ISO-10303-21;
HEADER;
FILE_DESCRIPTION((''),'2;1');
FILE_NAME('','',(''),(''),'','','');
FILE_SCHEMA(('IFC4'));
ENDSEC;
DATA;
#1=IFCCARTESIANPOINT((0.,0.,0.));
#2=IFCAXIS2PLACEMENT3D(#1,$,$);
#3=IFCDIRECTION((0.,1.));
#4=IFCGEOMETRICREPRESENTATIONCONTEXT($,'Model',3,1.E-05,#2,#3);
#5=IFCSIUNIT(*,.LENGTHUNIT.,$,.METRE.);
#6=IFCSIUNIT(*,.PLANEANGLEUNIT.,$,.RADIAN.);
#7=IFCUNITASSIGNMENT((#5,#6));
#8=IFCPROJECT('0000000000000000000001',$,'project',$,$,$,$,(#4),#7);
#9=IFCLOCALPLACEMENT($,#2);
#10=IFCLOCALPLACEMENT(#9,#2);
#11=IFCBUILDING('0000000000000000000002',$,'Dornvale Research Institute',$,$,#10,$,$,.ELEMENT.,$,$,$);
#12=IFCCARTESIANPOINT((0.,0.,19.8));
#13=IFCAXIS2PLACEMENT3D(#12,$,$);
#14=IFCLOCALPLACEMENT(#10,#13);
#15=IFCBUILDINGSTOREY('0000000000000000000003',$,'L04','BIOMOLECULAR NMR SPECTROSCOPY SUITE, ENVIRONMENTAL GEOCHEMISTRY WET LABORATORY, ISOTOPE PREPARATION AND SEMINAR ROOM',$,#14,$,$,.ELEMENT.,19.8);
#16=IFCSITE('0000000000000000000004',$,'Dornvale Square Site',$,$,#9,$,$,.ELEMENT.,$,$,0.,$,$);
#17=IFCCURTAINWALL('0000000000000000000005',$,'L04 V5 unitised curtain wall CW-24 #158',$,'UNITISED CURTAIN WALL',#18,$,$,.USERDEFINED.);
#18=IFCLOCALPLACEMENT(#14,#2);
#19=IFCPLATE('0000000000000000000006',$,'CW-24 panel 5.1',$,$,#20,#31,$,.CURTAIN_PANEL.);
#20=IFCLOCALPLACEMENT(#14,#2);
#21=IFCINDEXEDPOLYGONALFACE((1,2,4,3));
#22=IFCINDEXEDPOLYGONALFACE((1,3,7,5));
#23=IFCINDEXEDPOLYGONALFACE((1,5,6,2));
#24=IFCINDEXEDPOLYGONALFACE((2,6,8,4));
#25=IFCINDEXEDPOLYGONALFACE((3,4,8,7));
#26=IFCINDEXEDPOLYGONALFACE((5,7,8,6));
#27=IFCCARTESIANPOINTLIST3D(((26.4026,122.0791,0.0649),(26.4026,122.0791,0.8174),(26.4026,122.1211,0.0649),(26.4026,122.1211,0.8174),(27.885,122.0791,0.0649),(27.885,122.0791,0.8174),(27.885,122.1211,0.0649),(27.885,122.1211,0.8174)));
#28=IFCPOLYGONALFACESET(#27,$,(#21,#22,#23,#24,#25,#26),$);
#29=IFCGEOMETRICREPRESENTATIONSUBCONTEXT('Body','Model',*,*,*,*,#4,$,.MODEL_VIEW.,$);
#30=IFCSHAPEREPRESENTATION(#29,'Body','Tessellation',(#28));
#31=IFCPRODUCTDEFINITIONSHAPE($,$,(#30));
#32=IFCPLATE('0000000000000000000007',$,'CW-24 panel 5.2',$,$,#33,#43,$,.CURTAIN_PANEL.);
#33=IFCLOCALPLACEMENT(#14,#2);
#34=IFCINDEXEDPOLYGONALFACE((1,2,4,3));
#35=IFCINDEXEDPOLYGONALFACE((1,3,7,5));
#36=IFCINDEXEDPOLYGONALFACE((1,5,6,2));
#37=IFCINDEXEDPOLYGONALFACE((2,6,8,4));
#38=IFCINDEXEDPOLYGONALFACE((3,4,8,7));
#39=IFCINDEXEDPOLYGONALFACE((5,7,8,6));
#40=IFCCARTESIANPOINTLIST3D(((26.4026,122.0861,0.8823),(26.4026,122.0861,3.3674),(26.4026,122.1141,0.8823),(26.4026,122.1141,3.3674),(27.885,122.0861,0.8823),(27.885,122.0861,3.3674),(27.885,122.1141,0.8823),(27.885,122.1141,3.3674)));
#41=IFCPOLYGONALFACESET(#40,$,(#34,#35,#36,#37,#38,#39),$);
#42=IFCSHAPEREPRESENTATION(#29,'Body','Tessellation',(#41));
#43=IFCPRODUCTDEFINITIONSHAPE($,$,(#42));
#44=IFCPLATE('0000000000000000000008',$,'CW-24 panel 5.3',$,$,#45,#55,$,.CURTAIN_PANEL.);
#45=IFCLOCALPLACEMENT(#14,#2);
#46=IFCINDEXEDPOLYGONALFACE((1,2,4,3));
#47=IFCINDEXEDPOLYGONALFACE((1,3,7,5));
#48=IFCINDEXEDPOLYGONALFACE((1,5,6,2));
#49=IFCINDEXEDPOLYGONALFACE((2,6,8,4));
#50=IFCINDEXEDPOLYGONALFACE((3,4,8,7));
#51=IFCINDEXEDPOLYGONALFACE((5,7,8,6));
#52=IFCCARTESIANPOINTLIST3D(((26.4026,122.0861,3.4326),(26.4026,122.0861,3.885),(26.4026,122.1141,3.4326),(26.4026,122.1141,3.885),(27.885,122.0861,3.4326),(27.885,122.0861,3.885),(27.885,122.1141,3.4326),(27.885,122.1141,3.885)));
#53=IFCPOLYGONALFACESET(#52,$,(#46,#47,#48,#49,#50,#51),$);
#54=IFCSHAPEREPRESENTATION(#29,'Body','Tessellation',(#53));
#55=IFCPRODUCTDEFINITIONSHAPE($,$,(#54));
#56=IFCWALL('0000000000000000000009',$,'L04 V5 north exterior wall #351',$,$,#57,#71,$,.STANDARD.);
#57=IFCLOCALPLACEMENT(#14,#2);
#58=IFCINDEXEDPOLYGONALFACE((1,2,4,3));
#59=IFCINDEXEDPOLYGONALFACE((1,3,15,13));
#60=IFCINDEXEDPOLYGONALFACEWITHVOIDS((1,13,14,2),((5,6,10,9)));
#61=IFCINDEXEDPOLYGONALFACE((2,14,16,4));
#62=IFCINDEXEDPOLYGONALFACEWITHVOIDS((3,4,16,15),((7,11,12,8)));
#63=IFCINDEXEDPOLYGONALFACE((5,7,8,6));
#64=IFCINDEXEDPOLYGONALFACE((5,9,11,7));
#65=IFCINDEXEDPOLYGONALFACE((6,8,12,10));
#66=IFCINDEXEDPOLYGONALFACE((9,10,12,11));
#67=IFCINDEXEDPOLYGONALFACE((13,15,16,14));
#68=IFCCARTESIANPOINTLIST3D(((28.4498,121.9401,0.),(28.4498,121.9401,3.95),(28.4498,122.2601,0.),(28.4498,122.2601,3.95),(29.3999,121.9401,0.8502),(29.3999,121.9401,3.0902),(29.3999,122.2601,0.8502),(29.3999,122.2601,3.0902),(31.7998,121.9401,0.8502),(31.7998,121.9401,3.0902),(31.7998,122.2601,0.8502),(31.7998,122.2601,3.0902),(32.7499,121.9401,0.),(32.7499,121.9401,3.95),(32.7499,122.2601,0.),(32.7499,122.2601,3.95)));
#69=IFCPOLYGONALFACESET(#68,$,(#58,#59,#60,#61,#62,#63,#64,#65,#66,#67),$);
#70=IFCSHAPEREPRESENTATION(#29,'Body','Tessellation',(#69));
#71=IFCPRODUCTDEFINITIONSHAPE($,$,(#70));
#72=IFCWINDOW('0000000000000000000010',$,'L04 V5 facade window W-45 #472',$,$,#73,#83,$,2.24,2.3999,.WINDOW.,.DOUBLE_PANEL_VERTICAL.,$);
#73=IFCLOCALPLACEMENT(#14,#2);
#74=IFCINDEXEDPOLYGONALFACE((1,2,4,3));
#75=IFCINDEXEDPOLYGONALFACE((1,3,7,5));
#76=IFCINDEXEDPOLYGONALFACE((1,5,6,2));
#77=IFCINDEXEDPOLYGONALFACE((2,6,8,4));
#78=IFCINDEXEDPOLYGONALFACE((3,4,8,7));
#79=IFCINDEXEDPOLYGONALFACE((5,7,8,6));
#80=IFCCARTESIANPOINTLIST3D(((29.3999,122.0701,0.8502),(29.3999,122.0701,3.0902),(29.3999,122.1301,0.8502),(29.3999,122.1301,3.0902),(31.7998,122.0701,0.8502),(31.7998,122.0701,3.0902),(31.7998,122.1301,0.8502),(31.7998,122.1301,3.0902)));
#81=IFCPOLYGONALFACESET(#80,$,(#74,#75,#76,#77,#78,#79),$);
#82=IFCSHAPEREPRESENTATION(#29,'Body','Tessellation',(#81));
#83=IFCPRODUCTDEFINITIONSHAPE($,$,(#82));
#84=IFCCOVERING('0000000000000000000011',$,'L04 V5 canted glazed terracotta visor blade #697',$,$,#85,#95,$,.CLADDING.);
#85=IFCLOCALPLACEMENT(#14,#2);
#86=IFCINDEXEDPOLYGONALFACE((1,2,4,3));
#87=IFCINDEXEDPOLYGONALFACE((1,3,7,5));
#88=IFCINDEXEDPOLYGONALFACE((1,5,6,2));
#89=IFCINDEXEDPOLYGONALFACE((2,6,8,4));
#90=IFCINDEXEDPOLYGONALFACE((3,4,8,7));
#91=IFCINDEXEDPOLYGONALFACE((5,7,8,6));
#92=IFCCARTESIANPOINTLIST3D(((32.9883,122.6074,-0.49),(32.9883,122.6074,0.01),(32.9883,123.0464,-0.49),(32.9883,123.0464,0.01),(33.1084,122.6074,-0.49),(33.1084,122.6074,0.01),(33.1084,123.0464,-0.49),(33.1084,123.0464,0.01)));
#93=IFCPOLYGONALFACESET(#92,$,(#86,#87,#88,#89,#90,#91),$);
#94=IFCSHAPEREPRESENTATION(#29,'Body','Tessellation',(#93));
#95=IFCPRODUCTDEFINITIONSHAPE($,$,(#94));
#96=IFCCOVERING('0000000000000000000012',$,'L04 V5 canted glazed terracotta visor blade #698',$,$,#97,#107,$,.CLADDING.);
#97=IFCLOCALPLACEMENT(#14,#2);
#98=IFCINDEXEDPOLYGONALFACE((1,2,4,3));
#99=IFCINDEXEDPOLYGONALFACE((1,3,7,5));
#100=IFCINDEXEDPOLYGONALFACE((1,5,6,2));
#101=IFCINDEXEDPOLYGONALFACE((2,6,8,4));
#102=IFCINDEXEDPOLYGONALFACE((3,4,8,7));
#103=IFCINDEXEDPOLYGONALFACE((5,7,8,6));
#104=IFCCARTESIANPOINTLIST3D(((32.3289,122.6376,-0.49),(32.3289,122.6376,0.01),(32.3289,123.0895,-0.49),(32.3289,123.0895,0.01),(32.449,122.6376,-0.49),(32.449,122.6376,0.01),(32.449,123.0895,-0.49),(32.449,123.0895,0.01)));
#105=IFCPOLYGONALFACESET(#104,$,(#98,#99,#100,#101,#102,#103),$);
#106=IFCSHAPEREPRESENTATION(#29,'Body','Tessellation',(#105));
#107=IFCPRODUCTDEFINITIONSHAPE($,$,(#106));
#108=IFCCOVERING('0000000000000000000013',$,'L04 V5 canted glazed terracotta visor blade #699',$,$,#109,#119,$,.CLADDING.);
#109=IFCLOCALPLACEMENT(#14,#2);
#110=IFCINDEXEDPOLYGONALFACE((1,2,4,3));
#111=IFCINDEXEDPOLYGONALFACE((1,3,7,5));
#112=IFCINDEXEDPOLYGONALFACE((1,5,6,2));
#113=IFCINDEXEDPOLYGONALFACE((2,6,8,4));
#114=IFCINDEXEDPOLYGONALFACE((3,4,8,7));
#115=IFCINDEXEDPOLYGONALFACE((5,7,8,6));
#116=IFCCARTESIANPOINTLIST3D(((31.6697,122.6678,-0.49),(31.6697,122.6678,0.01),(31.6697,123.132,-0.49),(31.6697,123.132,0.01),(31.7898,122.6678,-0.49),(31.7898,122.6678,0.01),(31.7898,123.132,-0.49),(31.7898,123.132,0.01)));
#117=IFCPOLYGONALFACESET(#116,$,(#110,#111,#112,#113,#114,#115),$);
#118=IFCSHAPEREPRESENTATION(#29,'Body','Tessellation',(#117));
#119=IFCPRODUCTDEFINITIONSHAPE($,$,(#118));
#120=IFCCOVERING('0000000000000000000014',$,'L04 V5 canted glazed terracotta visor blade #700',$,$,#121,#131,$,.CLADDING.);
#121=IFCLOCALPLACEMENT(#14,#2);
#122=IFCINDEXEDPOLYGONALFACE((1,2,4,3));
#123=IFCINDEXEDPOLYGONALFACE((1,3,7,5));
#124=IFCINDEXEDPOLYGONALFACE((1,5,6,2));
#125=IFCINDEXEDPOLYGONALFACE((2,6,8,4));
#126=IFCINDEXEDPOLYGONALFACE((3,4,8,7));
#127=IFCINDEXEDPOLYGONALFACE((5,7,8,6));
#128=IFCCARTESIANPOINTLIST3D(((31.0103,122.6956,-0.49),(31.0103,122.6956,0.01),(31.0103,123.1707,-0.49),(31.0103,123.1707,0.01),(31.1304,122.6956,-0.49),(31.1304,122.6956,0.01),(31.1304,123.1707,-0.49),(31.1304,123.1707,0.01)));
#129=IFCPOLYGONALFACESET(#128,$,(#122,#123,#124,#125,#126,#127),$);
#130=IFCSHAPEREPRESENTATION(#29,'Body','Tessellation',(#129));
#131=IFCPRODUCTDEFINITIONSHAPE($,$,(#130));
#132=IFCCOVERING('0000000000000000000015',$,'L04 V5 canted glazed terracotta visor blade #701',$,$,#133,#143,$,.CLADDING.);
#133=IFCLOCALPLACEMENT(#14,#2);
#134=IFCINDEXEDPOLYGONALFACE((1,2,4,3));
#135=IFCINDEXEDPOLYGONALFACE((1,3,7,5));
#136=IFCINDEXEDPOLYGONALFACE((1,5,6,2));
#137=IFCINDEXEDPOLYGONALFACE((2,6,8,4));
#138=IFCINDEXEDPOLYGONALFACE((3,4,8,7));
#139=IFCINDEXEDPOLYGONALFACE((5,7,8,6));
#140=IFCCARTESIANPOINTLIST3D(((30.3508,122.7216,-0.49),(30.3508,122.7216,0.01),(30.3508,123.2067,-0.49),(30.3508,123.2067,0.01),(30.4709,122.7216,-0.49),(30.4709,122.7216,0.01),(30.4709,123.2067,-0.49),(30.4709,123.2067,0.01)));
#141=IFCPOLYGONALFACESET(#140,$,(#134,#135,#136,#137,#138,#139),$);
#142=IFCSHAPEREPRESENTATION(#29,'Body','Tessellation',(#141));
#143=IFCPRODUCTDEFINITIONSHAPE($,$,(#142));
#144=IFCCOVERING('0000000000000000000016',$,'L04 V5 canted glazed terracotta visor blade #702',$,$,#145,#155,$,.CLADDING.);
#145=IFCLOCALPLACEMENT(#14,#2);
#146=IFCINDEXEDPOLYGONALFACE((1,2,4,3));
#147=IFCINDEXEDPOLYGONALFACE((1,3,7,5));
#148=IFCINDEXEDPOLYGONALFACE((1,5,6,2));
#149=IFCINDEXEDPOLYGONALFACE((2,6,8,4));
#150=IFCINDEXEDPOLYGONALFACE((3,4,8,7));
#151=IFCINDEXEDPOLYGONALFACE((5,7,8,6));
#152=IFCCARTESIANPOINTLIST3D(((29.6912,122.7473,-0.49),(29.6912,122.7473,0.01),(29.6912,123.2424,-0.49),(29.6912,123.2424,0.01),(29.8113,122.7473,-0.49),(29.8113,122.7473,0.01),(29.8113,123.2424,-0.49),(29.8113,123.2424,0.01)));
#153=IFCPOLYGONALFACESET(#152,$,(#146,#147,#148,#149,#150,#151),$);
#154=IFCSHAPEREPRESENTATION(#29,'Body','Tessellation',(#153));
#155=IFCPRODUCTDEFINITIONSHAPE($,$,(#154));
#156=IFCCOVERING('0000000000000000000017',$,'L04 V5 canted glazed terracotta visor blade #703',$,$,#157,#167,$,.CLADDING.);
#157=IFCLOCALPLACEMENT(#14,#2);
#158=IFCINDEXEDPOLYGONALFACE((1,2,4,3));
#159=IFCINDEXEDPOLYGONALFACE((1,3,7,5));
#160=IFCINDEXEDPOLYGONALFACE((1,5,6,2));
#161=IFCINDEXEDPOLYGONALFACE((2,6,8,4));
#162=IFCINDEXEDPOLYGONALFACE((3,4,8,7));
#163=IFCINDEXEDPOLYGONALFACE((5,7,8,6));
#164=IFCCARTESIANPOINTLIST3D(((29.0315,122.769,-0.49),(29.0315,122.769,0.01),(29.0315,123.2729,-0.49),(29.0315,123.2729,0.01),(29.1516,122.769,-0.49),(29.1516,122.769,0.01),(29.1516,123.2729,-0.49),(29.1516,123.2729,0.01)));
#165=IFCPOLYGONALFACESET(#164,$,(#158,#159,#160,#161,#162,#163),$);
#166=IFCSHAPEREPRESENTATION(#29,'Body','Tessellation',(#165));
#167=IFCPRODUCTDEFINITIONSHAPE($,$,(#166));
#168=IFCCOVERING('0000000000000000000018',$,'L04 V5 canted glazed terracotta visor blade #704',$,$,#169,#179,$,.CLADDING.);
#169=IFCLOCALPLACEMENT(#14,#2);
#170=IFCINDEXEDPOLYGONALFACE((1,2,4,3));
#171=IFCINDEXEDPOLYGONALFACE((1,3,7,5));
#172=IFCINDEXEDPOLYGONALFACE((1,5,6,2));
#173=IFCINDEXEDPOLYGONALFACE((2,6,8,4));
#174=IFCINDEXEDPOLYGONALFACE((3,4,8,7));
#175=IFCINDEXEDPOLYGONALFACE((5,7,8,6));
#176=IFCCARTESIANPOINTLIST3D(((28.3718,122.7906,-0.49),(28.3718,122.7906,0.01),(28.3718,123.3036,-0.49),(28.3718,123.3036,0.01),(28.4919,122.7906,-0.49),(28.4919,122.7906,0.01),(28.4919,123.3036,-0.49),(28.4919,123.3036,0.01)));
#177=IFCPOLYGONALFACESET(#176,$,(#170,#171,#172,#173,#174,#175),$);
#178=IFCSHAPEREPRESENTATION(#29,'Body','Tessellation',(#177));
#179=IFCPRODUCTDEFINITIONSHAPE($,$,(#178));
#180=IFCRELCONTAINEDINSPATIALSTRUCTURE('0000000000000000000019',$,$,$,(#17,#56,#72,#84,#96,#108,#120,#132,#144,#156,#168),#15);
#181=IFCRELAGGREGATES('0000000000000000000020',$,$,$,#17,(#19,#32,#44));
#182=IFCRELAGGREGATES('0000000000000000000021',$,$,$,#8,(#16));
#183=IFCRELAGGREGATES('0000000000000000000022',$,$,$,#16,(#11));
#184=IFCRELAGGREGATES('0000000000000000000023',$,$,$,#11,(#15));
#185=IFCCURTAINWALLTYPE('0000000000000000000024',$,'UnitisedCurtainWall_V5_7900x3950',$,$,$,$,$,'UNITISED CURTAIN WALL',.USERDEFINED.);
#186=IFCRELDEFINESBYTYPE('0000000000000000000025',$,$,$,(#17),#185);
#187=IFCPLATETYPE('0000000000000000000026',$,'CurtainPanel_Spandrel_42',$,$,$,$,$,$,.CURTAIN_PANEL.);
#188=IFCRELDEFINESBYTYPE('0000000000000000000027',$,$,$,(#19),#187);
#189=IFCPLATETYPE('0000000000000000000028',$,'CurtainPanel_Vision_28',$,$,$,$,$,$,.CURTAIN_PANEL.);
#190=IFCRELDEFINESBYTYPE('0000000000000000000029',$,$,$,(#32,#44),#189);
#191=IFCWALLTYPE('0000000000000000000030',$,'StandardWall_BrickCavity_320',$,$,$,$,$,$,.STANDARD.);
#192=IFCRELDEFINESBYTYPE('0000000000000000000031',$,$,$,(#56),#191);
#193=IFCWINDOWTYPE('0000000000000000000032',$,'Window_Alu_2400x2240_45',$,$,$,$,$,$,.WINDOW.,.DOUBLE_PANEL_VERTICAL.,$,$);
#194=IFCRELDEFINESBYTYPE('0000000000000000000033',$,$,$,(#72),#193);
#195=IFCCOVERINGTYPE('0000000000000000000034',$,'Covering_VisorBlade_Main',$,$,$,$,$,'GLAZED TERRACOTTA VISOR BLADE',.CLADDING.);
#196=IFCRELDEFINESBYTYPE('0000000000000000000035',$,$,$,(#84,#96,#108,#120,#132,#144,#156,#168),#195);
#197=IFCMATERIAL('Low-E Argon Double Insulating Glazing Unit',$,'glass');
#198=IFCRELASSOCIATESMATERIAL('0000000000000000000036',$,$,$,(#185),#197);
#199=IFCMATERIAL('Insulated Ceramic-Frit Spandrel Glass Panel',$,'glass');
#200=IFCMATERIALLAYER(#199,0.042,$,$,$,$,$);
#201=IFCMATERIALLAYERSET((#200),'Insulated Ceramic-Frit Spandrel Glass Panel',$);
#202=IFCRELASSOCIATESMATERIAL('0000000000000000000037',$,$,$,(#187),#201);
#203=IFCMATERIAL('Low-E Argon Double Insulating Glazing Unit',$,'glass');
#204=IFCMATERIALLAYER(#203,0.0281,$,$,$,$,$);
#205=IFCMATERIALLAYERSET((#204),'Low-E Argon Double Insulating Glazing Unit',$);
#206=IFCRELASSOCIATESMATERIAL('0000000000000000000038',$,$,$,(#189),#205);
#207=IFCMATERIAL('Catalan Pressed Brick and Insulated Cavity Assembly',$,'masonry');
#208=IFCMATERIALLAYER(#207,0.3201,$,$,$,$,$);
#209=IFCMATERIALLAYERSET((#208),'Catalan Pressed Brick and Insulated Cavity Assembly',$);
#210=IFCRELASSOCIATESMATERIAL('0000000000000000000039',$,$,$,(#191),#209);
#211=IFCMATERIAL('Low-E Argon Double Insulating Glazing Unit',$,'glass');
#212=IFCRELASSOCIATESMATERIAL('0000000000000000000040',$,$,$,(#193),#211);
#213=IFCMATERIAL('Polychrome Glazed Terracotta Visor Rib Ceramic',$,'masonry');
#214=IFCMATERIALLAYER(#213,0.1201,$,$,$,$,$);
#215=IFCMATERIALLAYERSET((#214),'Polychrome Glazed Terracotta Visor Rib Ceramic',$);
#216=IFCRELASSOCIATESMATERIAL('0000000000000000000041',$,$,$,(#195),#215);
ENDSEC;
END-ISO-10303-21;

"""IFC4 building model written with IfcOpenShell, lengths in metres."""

from ifc_helpers import new_model, si_unit, direction, frame, frame_2d, origin, origin_2d, place, context, subcontext, project, spatial, rectangle, extrude, material, layer, layer_set, type_object, element, fill, aggregate, save


model = new_model("IFC4")

# Units and contexts
model_context = context("Model", 3, precision=1e-05, world=origin(), true_north=direction((0.0, 1.0)))
body_context = subcontext(model_context, "Body", "Model", "MODEL_VIEW")
ifc_project = project(units=[si_unit("LENGTHUNIT", "METRE"), si_unit("PLANEANGLEUNIT", "RADIAN")], contexts=[model_context])

# Site, building, storey
site_placement = place(None, origin())
site = spatial("IfcSite", under=ifc_project, at=site_placement, Name="Dornvale Square Site", CompositionType="ELEMENT", RefElevation=0.0)
building_placement = place(site_placement, origin())
building = spatial("IfcBuilding", under=site, at=building_placement, Name="Dornvale Research Institute", CompositionType="ELEMENT")
storey_placement = place(building_placement, frame((0.0, 0.0, 19.8)))
storey = spatial("IfcBuildingStorey", under=building, at=storey_placement, Name="L04", Description="BIOMOLECULAR NMR SPECTROSCOPY SUITE, ENVIRONMENTAL GEOCHEMISTRY WET LABORATORY, ISOTOPE PREPARATION AND SEMINAR ROOM", CompositionType="ELEMENT", Elevation=19.8)

# Curtain wall
ifc_material_1 = material(Name="Low-E Argon Double Insulating Glazing Unit", Category="glass")
curtain_wall_type_1 = type_object("IfcCurtainWallType", Name="UnitisedCurtainWall_V5_7900x3950", ElementType="UNITISED CURTAIN WALL", PredefinedType="USERDEFINED", material=ifc_material_1)
curtain_wall_1_placement = place(storey_placement, origin())
curtain_wall_1 = element("IfcCurtainWall", 1, at=curtain_wall_1_placement, inside=storey, type_object=curtain_wall_type_1, Name="L04 V5 unitised curtain wall CW-24 #158", ObjectType="UNITISED CURTAIN WALL", PredefinedType="USERDEFINED")

# Plates
ifc_material_2 = material(Name="Insulated Ceramic-Frit Spandrel Glass Panel", Category="glass")
ifc_layer_1 = layer(ifc_material_2, 0.042)
ifc_layer_set_1 = layer_set([ifc_layer_1], Name="Insulated Ceramic-Frit Spandrel Glass Panel")
plate_type_1 = type_object("IfcPlateType", Name="CurtainPanel_Spandrel_42", PredefinedType="CURTAIN_PANEL", material=ifc_layer_set_1)
plate_1_placement = place(storey_placement, frame((27.1438, 122.1001, 0.0649), z_axis=(0.0, 0.0, 1.0), x_axis=(1.0, 0.0, 0.0)))
plate_1 = element("IfcPlate", 2, at=plate_1_placement, type_object=plate_type_1, Name="CW-24 panel 5.1", PredefinedType="CURTAIN_PANEL", context=body_context, shape_type="SweptSolid", body=[
    extrude(rectangle(XDim=1.4824, YDim=0.042, at=origin_2d()), origin(), (0.0, 0.0, 1.0), 0.7524),
])
ifc_material_3 = material(Name="Low-E Argon Double Insulating Glazing Unit", Category="glass")
ifc_layer_2 = layer(ifc_material_3, 0.0281)
ifc_layer_set_2 = layer_set([ifc_layer_2], Name="Low-E Argon Double Insulating Glazing Unit")
plate_type_2 = type_object("IfcPlateType", Name="CurtainPanel_Vision_28", PredefinedType="CURTAIN_PANEL", material=ifc_layer_set_2)
plate_2_placement = place(storey_placement, frame((27.1438, 122.1001, 0.8823), z_axis=(0.0, 0.0, 1.0), x_axis=(1.0, 0.0, 0.0)))
plate_2 = element("IfcPlate", 3, at=plate_2_placement, type_object=plate_type_2, Name="CW-24 panel 5.2", PredefinedType="CURTAIN_PANEL", context=body_context, shape_type="SweptSolid", body=[
    extrude(rectangle(XDim=1.4824, YDim=0.0281, at=origin_2d()), origin(), (0.0, 0.0, 1.0), 2.4851),
])
plate_3_placement = place(storey_placement, frame((27.1438, 122.1001, 3.4326), z_axis=(0.0, 0.0, 1.0), x_axis=(1.0, 0.0, 0.0)))
plate_3 = element("IfcPlate", 4, at=plate_3_placement, type_object=plate_type_2, Name="CW-24 panel 5.3", PredefinedType="CURTAIN_PANEL", context=body_context, shape_type="SweptSolid", body=[
    extrude(rectangle(XDim=1.4824, YDim=0.0281, at=origin_2d()), origin(), (0.0, 0.0, 1.0), 0.4524),
])
aggregate(curtain_wall_1, [plate_1, plate_2, plate_3])

# Wall, opening, window
ifc_material_4 = material(Name="Catalan Pressed Brick and Insulated Cavity Assembly", Category="masonry")
ifc_layer_3 = layer(ifc_material_4, 0.3201)
ifc_layer_set_3 = layer_set([ifc_layer_3], Name="Catalan Pressed Brick and Insulated Cavity Assembly")
wall_type = type_object("IfcWallType", Name="StandardWall_BrickCavity_320", PredefinedType="STANDARD", material=ifc_layer_set_3)
wall_placement = place(storey_placement, frame((28.45, 122.1001, 0.0), z_axis=(0.0, 0.0, 1.0), x_axis=(1.0, 0.0, 0.0)))
wall = element("IfcWall", 5, at=wall_placement, inside=storey, type_object=wall_type, Name="L04 V5 north exterior wall #351", PredefinedType="STANDARD", context=body_context, shape_type="SweptSolid", body=[
    extrude(rectangle(XDim=4.3, YDim=0.3201, at=frame_2d((2.1499, 0.0))), origin(), (0.0, 0.0, 1.0), 3.95),
])
opening_placement = place(wall_placement, frame((0.95, 0.0, 0.8501)))
opening = element("IfcOpeningElement", 6, at=opening_placement, cuts=wall, PredefinedType="OPENING", context=body_context, shape_type="SweptSolid", body=[
    extrude(rectangle(XDim=2.3999, YDim=2.24, at=frame_2d((1.2, 1.1201))), frame((0.0, 0.175, 0.0), z_axis=(0.0, -1.0, 0.0), x_axis=(1.0, 0.0, 0.0)), (0.0, 0.0, 1.0), 0.3501),
])
ifc_material_5 = material(Name="Low-E Argon Double Insulating Glazing Unit", Category="glass")
window_type = type_object("IfcWindowType", Name="Window_Alu_2400x2240_45", PartitioningType="DOUBLE_PANEL_VERTICAL", PredefinedType="WINDOW", material=ifc_material_5)
window_placement = place(opening_placement, origin())
window = element("IfcWindow", 7, at=window_placement, inside=storey, type_object=window_type, Name="L04 V5 facade window W-45 #472", OverallHeight=2.24, OverallWidth=2.3999, PartitioningType="DOUBLE_PANEL_VERTICAL", PredefinedType="WINDOW", context=body_context, shape_type="SweptSolid", body=[
    extrude(rectangle(XDim=2.3999, YDim=2.24, at=frame_2d((1.2, 1.1201))), frame((0.0, 0.03, 0.0), z_axis=(0.0, -1.0, 0.0), x_axis=(1.0, 0.0, 0.0)), (0.0, 0.0, 1.0), 0.0601),
])
fill(opening, window)

# Coverings
ifc_material_6 = material(Name="Polychrome Glazed Terracotta Visor Rib Ceramic", Category="masonry")
ifc_layer_4 = layer(ifc_material_6, 0.1201)
ifc_layer_set_4 = layer_set([ifc_layer_4], Name="Polychrome Glazed Terracotta Visor Rib Ceramic")
covering_type = type_object("IfcCoveringType", Name="Covering_VisorBlade_Main", ElementType="GLAZED TERRACOTTA VISOR BLADE", PredefinedType="CLADDING", material=ifc_layer_set_4)
covering_1_placement = place(storey_placement, frame((33.0483, 122.8269, -0.49), z_axis=(0.0, 0.0, 1.0), x_axis=(0.0, 1.0, 0.0)))
element("IfcCovering", 8, at=covering_1_placement, inside=storey, type_object=covering_type, Name="L04 V5 canted glazed terracotta visor blade #697", PredefinedType="CLADDING", context=body_context, shape_type="SweptSolid", body=[
    extrude(rectangle(XDim=0.439, YDim=0.1201, at=origin_2d()), origin(), (0.0, 0.0, 1.0), 0.5),
])
covering_2_placement = place(storey_placement, frame((32.3889, 122.8635, -0.49), z_axis=(0.0, 0.0, 1.0), x_axis=(0.0, 1.0, 0.0)))
element("IfcCovering", 9, at=covering_2_placement, inside=storey, type_object=covering_type, Name="L04 V5 canted glazed terracotta visor blade #698", PredefinedType="CLADDING", context=body_context, shape_type="SweptSolid", body=[
    extrude(rectangle(XDim=0.4519, YDim=0.1201, at=origin_2d()), origin(), (0.0, 0.0, 1.0), 0.5),
])
covering_3_placement = place(storey_placement, frame((31.7297, 122.8999, -0.49), z_axis=(0.0, 0.0, 1.0), x_axis=(0.0, 1.0, 0.0)))
element("IfcCovering", 10, at=covering_3_placement, inside=storey, type_object=covering_type, Name="L04 V5 canted glazed terracotta visor blade #699", PredefinedType="CLADDING", context=body_context, shape_type="SweptSolid", body=[
    extrude(rectangle(XDim=0.4641, YDim=0.1201, at=origin_2d()), origin(), (0.0, 0.0, 1.0), 0.5),
])
covering_4_placement = place(storey_placement, frame((31.0703, 122.9331, -0.49), z_axis=(0.0, 0.0, 1.0), x_axis=(0.0, 1.0, 0.0)))
element("IfcCovering", 11, at=covering_4_placement, inside=storey, type_object=covering_type, Name="L04 V5 canted glazed terracotta visor blade #700", PredefinedType="CLADDING", context=body_context, shape_type="SweptSolid", body=[
    extrude(rectangle(XDim=0.4751, YDim=0.1201, at=origin_2d()), origin(), (0.0, 0.0, 1.0), 0.5),
])
covering_5_placement = place(storey_placement, frame((30.4109, 122.9641, -0.49), z_axis=(0.0, 0.0, 1.0), x_axis=(0.0, 1.0, 0.0)))
element("IfcCovering", 12, at=covering_5_placement, inside=storey, type_object=covering_type, Name="L04 V5 canted glazed terracotta visor blade #701", PredefinedType="CLADDING", context=body_context, shape_type="SweptSolid", body=[
    extrude(rectangle(XDim=0.4851, YDim=0.1201, at=origin_2d()), origin(), (0.0, 0.0, 1.0), 0.5),
])
covering_6_placement = place(storey_placement, frame((29.7512, 122.9949, -0.49), z_axis=(0.0, 0.0, 1.0), x_axis=(0.0, 1.0, 0.0)))
element("IfcCovering", 13, at=covering_6_placement, inside=storey, type_object=covering_type, Name="L04 V5 canted glazed terracotta visor blade #702", PredefinedType="CLADDING", context=body_context, shape_type="SweptSolid", body=[
    extrude(rectangle(XDim=0.4951, YDim=0.1201, at=origin_2d()), origin(), (0.0, 0.0, 1.0), 0.5),
])
covering_7_placement = place(storey_placement, frame((29.0916, 123.021, -0.49), z_axis=(0.0, 0.0, 1.0), x_axis=(0.0, 1.0, 0.0)))
element("IfcCovering", 14, at=covering_7_placement, inside=storey, type_object=covering_type, Name="L04 V5 canted glazed terracotta visor blade #703", PredefinedType="CLADDING", context=body_context, shape_type="SweptSolid", body=[
    extrude(rectangle(XDim=0.5039, YDim=0.1201, at=origin_2d()), origin(), (0.0, 0.0, 1.0), 0.5),
])
covering_8_placement = place(storey_placement, frame((28.4319, 123.0471, -0.49), z_axis=(0.0, 0.0, 1.0), x_axis=(0.0, 1.0, 0.0)))
element("IfcCovering", 15, at=covering_8_placement, inside=storey, type_object=covering_type, Name="L04 V5 canted glazed terracotta visor blade #704", PredefinedType="CLADDING", context=body_context, shape_type="SweptSolid", body=[
    extrude(rectangle(XDim=0.5129, YDim=0.1201, at=origin_2d()), origin(), (0.0, 0.0, 1.0), 0.5),
])

save(model, "model.ifc")
